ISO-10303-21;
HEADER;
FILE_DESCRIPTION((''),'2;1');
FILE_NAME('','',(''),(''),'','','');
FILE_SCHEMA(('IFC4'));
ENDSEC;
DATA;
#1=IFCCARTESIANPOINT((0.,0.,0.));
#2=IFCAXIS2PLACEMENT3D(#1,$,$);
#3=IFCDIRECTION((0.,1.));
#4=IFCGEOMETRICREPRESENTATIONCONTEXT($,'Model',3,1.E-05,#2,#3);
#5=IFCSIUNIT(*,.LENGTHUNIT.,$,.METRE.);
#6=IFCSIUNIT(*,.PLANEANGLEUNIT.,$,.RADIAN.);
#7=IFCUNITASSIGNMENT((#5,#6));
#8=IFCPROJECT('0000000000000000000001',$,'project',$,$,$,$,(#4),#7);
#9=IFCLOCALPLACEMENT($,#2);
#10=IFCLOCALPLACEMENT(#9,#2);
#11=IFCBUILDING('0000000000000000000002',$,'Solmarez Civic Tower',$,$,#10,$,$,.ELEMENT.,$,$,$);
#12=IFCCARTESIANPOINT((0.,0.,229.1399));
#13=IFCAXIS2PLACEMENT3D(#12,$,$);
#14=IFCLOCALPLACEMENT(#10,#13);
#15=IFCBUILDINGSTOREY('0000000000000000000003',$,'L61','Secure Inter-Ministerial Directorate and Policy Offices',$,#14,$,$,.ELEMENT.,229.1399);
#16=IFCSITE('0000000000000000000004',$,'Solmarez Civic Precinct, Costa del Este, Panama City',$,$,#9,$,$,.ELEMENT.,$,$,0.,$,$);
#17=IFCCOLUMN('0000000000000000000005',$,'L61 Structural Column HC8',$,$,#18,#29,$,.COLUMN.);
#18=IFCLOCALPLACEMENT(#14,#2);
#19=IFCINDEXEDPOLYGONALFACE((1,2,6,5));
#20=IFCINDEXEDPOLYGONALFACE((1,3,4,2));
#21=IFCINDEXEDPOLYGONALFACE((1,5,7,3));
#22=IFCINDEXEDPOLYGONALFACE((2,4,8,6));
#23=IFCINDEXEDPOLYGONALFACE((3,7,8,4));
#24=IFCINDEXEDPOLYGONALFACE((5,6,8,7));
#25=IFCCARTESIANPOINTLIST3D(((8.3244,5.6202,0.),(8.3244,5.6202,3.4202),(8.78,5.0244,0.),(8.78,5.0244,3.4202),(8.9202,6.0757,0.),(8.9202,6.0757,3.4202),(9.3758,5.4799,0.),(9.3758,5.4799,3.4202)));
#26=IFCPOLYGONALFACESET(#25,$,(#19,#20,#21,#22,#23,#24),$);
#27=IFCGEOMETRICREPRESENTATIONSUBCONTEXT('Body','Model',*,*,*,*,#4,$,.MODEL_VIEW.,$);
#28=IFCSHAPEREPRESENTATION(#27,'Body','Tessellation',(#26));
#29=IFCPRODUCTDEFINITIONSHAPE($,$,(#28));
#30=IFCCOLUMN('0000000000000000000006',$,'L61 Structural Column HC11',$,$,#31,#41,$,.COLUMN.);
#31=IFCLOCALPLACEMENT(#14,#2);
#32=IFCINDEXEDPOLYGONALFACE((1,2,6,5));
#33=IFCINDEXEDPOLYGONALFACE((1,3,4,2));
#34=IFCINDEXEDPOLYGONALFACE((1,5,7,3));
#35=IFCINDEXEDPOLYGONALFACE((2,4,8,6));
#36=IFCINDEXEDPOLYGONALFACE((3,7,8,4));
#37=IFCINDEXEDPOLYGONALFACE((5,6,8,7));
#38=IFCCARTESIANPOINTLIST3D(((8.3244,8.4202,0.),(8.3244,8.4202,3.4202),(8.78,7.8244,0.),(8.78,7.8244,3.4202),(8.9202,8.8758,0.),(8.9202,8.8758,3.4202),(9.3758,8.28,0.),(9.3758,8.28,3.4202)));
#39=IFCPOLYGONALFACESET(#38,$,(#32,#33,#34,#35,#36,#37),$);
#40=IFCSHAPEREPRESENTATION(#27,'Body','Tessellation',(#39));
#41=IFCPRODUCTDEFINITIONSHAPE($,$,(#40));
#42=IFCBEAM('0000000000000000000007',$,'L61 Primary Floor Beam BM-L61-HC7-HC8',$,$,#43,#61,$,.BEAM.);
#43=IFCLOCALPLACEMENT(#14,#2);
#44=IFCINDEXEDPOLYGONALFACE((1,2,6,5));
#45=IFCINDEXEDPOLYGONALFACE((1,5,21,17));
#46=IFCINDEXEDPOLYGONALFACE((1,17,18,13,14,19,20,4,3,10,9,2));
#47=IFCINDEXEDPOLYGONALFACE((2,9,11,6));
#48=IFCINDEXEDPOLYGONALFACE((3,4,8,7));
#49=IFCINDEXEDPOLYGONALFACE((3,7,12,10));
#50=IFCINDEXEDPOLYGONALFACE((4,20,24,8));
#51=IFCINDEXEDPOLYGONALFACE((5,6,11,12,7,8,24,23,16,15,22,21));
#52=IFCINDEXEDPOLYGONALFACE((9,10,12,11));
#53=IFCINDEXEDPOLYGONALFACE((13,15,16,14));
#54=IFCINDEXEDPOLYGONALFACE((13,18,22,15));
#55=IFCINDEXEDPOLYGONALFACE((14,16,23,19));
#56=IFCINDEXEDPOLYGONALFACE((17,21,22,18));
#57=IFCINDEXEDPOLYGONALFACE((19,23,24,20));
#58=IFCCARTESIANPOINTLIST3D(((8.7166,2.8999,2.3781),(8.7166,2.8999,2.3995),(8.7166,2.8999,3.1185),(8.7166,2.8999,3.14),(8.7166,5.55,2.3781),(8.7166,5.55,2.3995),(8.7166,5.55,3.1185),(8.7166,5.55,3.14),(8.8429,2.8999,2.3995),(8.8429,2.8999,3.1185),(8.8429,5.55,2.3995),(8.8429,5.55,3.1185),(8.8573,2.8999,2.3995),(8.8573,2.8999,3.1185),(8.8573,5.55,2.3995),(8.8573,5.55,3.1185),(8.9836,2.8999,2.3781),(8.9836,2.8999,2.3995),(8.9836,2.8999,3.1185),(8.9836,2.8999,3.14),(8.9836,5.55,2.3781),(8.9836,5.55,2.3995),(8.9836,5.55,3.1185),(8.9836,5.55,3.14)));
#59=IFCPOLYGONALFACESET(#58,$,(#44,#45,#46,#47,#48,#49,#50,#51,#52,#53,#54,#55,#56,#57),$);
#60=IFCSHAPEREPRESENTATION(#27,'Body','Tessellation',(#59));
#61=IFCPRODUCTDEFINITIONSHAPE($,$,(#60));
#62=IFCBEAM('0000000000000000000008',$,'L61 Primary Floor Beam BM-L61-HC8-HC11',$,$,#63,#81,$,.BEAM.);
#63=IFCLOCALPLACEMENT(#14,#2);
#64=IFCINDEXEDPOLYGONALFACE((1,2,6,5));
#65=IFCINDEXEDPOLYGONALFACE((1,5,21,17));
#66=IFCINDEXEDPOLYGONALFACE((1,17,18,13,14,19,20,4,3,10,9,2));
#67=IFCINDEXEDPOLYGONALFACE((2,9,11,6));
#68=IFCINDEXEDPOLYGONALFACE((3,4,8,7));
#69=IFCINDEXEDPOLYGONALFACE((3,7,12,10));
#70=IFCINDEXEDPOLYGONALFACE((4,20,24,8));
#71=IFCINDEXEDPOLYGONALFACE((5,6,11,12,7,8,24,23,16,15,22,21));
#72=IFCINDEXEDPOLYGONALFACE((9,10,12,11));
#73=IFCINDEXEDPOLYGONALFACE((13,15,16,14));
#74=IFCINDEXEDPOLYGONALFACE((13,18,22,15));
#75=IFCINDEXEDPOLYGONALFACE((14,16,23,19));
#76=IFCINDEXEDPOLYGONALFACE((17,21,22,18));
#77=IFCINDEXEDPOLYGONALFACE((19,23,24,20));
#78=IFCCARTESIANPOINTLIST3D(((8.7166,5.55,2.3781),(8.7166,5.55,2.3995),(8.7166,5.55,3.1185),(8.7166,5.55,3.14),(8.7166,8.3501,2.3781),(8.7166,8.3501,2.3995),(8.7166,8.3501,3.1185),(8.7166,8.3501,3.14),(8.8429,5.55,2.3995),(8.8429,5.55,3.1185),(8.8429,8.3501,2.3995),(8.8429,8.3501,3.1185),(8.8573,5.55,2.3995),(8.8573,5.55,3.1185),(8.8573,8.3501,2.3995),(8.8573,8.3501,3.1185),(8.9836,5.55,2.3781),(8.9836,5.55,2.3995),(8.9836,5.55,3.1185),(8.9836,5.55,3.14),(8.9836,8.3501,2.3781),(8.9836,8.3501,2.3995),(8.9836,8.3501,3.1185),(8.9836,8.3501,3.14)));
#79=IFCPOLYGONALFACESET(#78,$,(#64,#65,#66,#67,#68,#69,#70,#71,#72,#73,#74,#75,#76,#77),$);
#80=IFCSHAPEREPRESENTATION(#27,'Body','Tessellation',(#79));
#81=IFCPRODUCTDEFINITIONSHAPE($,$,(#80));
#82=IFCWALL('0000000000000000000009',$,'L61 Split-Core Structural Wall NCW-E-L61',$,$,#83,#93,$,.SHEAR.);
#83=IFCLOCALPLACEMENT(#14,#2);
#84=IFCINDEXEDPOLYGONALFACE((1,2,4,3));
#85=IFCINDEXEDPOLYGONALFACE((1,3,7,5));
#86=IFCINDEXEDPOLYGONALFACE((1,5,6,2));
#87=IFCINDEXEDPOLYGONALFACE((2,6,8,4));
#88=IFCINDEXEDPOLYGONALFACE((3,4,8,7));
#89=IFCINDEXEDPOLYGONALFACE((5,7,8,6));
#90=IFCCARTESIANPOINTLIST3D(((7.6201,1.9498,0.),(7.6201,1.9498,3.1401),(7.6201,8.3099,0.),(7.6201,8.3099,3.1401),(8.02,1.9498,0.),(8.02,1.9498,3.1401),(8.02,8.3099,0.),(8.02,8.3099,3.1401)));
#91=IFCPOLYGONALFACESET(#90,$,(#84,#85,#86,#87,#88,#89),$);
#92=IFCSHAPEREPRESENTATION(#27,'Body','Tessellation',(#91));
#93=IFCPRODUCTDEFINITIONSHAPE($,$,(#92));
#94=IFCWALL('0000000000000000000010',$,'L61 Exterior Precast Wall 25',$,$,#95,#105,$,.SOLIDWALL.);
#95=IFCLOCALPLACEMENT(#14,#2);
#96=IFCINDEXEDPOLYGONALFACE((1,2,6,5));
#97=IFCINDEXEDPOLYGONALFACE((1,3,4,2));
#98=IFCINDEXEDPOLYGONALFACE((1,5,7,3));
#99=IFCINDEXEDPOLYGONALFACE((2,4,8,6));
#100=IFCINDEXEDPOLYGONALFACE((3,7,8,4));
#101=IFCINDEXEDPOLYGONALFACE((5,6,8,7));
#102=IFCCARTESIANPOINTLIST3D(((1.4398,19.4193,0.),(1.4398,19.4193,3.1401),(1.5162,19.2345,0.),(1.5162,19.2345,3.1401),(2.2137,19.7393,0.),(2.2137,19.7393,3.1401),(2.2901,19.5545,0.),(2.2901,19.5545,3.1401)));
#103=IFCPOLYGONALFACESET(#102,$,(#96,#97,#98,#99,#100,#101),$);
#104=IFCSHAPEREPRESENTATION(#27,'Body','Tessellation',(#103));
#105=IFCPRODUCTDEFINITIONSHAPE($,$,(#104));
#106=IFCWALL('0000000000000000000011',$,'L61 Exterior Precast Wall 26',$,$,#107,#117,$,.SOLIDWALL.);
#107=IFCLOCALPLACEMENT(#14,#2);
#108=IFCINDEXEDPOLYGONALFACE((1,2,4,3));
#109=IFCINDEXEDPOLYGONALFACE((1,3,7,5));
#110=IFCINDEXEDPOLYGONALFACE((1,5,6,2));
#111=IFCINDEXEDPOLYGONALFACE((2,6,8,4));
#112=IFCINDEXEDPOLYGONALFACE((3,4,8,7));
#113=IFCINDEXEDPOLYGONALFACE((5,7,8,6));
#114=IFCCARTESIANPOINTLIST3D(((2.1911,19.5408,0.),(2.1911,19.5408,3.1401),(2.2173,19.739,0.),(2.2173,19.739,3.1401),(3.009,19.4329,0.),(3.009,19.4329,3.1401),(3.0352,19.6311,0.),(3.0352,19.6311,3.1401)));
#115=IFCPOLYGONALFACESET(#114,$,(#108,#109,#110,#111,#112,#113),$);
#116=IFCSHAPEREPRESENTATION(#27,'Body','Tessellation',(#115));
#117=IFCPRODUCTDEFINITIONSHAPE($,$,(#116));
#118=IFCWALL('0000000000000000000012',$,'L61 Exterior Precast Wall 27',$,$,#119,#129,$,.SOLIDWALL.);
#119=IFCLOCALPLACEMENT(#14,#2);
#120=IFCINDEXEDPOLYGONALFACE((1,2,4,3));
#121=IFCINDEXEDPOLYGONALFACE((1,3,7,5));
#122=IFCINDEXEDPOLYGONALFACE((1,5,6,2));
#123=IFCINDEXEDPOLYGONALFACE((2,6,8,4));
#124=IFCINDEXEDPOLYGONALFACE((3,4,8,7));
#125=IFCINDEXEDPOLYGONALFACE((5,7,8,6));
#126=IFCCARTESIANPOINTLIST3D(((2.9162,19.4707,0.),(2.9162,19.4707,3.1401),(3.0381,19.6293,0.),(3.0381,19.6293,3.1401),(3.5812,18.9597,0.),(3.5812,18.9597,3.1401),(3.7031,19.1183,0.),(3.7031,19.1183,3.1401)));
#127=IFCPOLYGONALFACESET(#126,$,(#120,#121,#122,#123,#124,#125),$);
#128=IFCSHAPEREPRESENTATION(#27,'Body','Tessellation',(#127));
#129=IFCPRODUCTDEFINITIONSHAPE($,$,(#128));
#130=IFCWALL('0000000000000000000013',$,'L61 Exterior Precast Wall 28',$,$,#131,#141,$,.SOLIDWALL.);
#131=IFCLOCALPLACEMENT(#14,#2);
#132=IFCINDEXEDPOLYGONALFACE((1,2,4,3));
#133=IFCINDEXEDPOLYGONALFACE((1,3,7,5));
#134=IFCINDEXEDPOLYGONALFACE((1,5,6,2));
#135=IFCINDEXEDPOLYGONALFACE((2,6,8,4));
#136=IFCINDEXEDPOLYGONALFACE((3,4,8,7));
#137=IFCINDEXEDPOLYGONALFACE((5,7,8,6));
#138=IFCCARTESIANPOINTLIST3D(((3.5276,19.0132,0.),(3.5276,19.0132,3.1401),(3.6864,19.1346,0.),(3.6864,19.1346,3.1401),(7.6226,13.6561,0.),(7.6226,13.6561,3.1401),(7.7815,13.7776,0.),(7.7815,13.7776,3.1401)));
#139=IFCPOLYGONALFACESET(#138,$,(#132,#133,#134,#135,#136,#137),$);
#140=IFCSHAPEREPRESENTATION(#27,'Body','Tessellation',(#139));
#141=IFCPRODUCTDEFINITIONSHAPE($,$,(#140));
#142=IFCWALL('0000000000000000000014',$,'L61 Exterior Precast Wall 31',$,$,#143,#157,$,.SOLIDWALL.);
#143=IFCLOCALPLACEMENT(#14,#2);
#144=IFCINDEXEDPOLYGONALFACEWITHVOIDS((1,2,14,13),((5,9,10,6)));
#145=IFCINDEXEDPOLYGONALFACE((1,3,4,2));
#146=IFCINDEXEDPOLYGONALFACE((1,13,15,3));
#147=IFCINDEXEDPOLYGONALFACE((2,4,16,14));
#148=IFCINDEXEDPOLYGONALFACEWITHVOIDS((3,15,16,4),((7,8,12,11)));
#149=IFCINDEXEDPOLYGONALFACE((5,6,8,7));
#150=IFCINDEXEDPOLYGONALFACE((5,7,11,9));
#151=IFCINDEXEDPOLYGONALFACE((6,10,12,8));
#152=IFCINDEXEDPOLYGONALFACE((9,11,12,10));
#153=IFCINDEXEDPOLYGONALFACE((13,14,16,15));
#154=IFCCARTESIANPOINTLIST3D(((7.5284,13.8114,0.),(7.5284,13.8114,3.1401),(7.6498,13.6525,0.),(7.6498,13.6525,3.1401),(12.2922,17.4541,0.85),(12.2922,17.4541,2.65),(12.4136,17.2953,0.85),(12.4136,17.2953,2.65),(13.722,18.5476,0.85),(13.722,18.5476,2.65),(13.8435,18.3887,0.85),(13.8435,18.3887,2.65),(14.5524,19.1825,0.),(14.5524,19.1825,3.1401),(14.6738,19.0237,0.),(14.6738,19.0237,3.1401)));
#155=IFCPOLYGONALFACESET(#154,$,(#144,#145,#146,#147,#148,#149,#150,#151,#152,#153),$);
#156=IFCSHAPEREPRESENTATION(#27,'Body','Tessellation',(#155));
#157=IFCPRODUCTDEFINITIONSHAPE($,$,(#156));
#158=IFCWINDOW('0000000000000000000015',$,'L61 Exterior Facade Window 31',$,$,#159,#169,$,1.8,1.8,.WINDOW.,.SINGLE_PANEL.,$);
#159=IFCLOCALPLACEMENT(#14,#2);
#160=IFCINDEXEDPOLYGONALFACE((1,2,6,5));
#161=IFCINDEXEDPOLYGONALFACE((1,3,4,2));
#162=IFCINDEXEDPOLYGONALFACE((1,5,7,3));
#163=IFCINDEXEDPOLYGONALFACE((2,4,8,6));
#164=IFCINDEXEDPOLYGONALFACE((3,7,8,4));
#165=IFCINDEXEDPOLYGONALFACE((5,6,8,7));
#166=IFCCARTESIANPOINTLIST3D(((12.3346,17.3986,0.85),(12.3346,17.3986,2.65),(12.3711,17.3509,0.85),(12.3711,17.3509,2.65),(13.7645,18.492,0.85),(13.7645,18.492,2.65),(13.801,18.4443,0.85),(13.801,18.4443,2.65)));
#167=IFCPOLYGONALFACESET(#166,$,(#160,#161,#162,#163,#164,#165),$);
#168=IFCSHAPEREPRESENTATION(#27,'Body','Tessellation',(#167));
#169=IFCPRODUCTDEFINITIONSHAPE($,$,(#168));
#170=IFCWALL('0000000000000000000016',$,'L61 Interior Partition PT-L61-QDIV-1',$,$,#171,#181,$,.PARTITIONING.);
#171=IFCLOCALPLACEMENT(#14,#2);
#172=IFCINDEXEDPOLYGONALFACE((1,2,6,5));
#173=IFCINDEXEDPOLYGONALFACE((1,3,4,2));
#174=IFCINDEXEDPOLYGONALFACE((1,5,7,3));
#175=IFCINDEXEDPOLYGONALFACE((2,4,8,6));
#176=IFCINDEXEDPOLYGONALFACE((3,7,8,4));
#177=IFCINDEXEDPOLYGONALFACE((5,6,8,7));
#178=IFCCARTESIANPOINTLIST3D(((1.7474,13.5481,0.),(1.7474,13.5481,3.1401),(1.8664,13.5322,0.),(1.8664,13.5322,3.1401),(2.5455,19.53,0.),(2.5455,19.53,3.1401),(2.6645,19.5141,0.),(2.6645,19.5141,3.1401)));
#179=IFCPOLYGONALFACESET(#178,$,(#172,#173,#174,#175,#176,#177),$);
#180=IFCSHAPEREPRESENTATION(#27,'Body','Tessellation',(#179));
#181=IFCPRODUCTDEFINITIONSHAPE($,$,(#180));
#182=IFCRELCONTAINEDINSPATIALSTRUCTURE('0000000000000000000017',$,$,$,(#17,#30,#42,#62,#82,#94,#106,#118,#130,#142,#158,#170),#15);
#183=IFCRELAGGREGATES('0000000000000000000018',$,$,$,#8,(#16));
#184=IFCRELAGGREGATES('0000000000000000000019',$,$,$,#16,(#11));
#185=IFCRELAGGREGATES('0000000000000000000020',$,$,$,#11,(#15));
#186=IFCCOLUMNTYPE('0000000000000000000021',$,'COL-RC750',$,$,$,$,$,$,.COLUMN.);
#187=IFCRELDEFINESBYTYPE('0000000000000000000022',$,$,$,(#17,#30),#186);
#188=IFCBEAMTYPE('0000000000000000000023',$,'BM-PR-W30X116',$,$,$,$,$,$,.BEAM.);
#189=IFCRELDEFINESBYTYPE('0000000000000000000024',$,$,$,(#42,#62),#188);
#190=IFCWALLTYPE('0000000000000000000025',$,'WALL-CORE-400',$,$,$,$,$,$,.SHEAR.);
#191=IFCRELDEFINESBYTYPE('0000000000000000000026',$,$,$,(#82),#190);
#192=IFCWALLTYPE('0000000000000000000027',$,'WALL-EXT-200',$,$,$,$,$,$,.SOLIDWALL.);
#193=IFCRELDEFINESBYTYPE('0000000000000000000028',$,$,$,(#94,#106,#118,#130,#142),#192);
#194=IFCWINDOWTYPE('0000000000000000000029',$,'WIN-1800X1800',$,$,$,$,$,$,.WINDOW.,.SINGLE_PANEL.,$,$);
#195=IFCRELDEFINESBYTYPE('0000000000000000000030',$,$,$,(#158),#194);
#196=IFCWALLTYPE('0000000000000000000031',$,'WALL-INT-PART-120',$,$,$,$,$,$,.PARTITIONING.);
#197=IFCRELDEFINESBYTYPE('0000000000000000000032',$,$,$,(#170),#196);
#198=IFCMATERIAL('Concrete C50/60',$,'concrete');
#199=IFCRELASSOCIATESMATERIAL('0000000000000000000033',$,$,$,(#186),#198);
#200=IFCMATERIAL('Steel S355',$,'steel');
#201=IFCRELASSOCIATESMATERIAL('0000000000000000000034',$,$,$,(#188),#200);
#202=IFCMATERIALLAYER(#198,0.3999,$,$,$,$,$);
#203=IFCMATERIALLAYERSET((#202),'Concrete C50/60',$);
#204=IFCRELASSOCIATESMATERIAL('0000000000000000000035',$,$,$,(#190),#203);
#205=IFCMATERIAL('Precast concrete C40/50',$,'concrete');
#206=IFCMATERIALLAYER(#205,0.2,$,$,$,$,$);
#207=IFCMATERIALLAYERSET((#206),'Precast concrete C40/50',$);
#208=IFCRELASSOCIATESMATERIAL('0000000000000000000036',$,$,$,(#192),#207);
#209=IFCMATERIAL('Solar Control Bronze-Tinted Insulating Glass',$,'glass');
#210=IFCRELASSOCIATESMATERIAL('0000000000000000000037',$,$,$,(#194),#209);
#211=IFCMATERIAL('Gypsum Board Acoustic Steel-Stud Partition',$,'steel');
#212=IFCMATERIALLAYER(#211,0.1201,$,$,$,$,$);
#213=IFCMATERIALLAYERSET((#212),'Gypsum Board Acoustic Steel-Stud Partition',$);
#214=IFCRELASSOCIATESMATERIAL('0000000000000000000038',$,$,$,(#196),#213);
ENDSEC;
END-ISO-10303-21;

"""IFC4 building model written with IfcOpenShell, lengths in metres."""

from ifc_helpers import new_model, si_unit, direction, frame, frame_2d, origin, origin_2d, place, context, subcontext, project, spatial, rectangle, i_section, extrude, material, layer, layer_set, material_profile, profile_set, type_object, element, fill, save


model = new_model("IFC4")

# Units and contexts
model_context = context("Model", 3, precision=1e-05, world=origin(), true_north=direction((0.0, 1.0)))
body_context = subcontext(model_context, "Body", "Model", "MODEL_VIEW")
ifc_project = project(units=[si_unit("LENGTHUNIT", "METRE"), si_unit("PLANEANGLEUNIT", "RADIAN")], contexts=[model_context])

# Site, building, storey
site_placement = place(None, origin())
site = spatial("IfcSite", under=ifc_project, at=site_placement, Name="Solmarez Civic Precinct, Costa del Este, Panama City", CompositionType="ELEMENT", RefElevation=0.0)
building_placement = place(site_placement, origin())
building = spatial("IfcBuilding", under=site, at=building_placement, Name="Solmarez Civic Tower", CompositionType="ELEMENT")
storey_placement = place(building_placement, frame((0.0, 0.0, 229.1399)))
storey = spatial("IfcBuildingStorey", under=building, at=storey_placement, Name="L61", Description="Secure Inter-Ministerial Directorate and Policy Offices", CompositionType="ELEMENT", Elevation=229.1399)

# Columns
ifc_material_1 = material(Name="Concrete C50/60", Category="concrete")
ifc_material_profile_1 = material_profile(ifc_material_1, rectangle(XDim=0.75, YDim=0.75, at=origin_2d()), Name="RC750X750")
ifc_profile_set_1 = profile_set([ifc_material_profile_1], Name="Concrete C50/60")
column_type = type_object("IfcColumnType", Name="COL-RC750", PredefinedType="COLUMN", material=ifc_profile_set_1)
for number, where, z_axis, x_axis, name in (
    (1, (8.8501, 5.55, 0.0), (0.0, 0.0, 1.0), (0.794415, 0.607376, 0.0), "L61 Structural Column HC8"),
    (2, (8.8501, 8.3501, 0.0), (0.0, 0.0, 1.0), (0.794415, 0.607376, 0.0), "L61 Structural Column HC11"),
):
    element("IfcColumn", number, at=place(storey_placement, frame(where, z_axis=z_axis, x_axis=x_axis)), inside=storey, type_object=column_type, Name=name, PredefinedType="COLUMN", context=body_context, shape_type="SweptSolid", body=[
        extrude(rectangle(XDim=0.75, YDim=0.75, at=origin_2d()), origin(), (0.0, 0.0, 1.0), 3.4202),
    ])

# Beams
ifc_material_2 = material(Name="Steel S355", Category="steel")
ifc_material_profile_2 = material_profile(ifc_material_2, i_section(OverallWidth=0.2671, OverallDepth=0.762, WebThickness=0.0144, FlangeThickness=0.0215, at=origin_2d()), Name="W30X116")
ifc_profile_set_2 = profile_set([ifc_material_profile_2], Name="Steel S355")
beam_type = type_object("IfcBeamType", Name="BM-PR-W30X116", PredefinedType="BEAM", material=ifc_profile_set_2)
beam_1_placement = place(storey_placement, frame((8.8501, 2.8999, 2.759), z_axis=(0.0, 1.0, 0.0), x_axis=(-1.0, 0.0, 0.0)))
element("IfcBeam", 3, at=beam_1_placement, inside=storey, type_object=beam_type, Name="L61 Primary Floor Beam BM-L61-HC7-HC8", PredefinedType="BEAM", context=body_context, shape_type="SweptSolid", body=[
    extrude(i_section(OverallWidth=0.2671, OverallDepth=0.762, WebThickness=0.0144, FlangeThickness=0.0215, at=origin_2d()), origin(), (0.0, 0.0, 1.0), 2.6501),
])
beam_2_placement = place(storey_placement, frame((8.8501, 5.55, 2.759), z_axis=(0.0, 1.0, 0.0), x_axis=(-1.0, 0.0, 0.0)))
element("IfcBeam", 4, at=beam_2_placement, inside=storey, type_object=beam_type, Name="L61 Primary Floor Beam BM-L61-HC8-HC11", PredefinedType="BEAM", context=body_context, shape_type="SweptSolid", body=[
    extrude(i_section(OverallWidth=0.2671, OverallDepth=0.762, WebThickness=0.0144, FlangeThickness=0.0215, at=origin_2d()), origin(), (0.0, 0.0, 1.0), 2.8),
])

# Walls
ifc_layer_1 = layer(ifc_material_1, 0.3999)
ifc_layer_set_1 = layer_set([ifc_layer_1], Name="Concrete C50/60")
wall_type_1 = type_object("IfcWallType", Name="WALL-CORE-400", PredefinedType="SHEAR", material=ifc_layer_set_1)
wall_1_placement = place(storey_placement, frame((7.8201, 8.3101, 0.0), z_axis=(0.0, 0.0, 1.0), x_axis=(0.0, -1.0, 0.0)))
element("IfcWall", 5, at=wall_1_placement, inside=storey, type_object=wall_type_1, Name="L61 Split-Core Structural Wall NCW-E-L61", PredefinedType="SHEAR", context=body_context, shape_type="SweptSolid", body=[
    extrude(rectangle(XDim=6.3601, YDim=0.3999, at=frame_2d((3.1802, 0.0))), origin(), (0.0, 0.0, 1.0), 3.1401),
])
ifc_material_3 = material(Name="Precast concrete C40/50", Category="concrete")
ifc_layer_2 = layer(ifc_material_3, 0.2)
ifc_layer_set_2 = layer_set([ifc_layer_2], Name="Precast concrete C40/50")
wall_type_2 = type_object("IfcWallType", Name="WALL-EXT-200", PredefinedType="SOLIDWALL", material=ifc_layer_set_2)
wall_2_placement = place(storey_placement, frame((1.478, 19.3269, 0.0), z_axis=(0.0, 0.0, 1.0), x_axis=(0.924091, 0.382172, 0.0)))
element("IfcWall", 6, at=wall_2_placement, inside=storey, type_object=wall_type_2, Name="L61 Exterior Precast Wall 25", PredefinedType="SOLIDWALL", context=body_context, shape_type="SweptSolid", body=[
    extrude(rectangle(XDim=0.8374, YDim=0.2, at=frame_2d((0.4187, 0.0))), origin(), (0.0, 0.0, 1.0), 3.1401),
])
wall_3_placement = place(storey_placement, frame((2.2041, 19.6399, 0.0), z_axis=(0.0, 0.0, 1.0), x_axis=(0.991408, -0.130807, 0.0)))
element("IfcWall", 7, at=wall_3_placement, inside=storey, type_object=wall_type_2, Name="L61 Exterior Precast Wall 26", PredefinedType="SOLIDWALL", context=body_context, shape_type="SweptSolid", body=[
    extrude(rectangle(XDim=0.825, YDim=0.2, at=frame_2d((0.4126, 0.0))), origin(), (0.0, 0.0, 1.0), 3.1401),
])
wall_4_placement = place(storey_placement, frame((2.9771, 19.55, 0.0), z_axis=(0.0, 0.0, 1.0), x_axis=(0.792959, -0.609275, 0.0)))
element("IfcWall", 8, at=wall_4_placement, inside=storey, type_object=wall_type_2, Name="L61 Exterior Precast Wall 27", PredefinedType="SOLIDWALL", context=body_context, shape_type="SweptSolid", body=[
    extrude(rectangle(XDim=0.8386, YDim=0.2, at=frame_2d((0.4194, 0.0))), origin(), (0.0, 0.0, 1.0), 3.1401),
])
wall_5_placement = place(storey_placement, frame((3.6069, 19.074, 0.0), z_axis=(0.0, 0.0, 1.0), x_axis=(0.607309, -0.794466, 0.0)))
element("IfcWall", 9, at=wall_5_placement, inside=storey, type_object=wall_type_2, Name="L61 Exterior Precast Wall 28", PredefinedType="SOLIDWALL", context=body_context, shape_type="SweptSolid", body=[
    extrude(rectangle(XDim=6.7429, YDim=0.2, at=frame_2d((3.3716, 0.0))), origin(), (0.0, 0.0, 1.0), 3.1401),
])

# Wall, opening, window
wall_6_placement = place(storey_placement, frame((7.5891, 13.7319, 0.0), z_axis=(0.0, 0.0, 1.0), x_axis=(0.794366, 0.60744, 0.0)))
wall_6 = element("IfcWall", 10, at=wall_6_placement, inside=storey, type_object=wall_type_2, Name="L61 Exterior Precast Wall 31", PredefinedType="SOLIDWALL", context=body_context, shape_type="SweptSolid", body=[
    extrude(rectangle(XDim=8.8423, YDim=0.2, at=frame_2d((4.4211, 0.0))), origin(), (0.0, 0.0, 1.0), 3.1401),
])
opening_1_placement = place(wall_6_placement, frame((5.9971, 0.0, 0.8501)))
opening_1 = element("IfcOpeningElement", 11, at=opening_1_placement, cuts=wall_6, PredefinedType="OPENING", context=body_context, shape_type="SweptSolid", body=[
    extrude(rectangle(XDim=1.8, YDim=1.8, at=frame_2d((0.8999, 0.8999))), frame((0.0, 0.1099, 0.0), z_axis=(0.0, -1.0, 0.0), x_axis=(1.0, 0.0, 0.0)), (0.0, 0.0, 1.0), 0.22),
])
ifc_material_4 = material(Name="Solar Control Bronze-Tinted Insulating Glass", Category="glass")
window_type = type_object("IfcWindowType", Name="WIN-1800X1800", PartitioningType="SINGLE_PANEL", PredefinedType="WINDOW", material=ifc_material_4)
window_placement = place(opening_1_placement, origin())
window = element("IfcWindow", 12, at=window_placement, inside=storey, type_object=window_type, Name="L61 Exterior Facade Window 31", OverallHeight=1.8, OverallWidth=1.8, PartitioningType="SINGLE_PANEL", PredefinedType="WINDOW", context=body_context, shape_type="SweptSolid", body=[
    extrude(rectangle(XDim=1.8, YDim=1.8, at=frame_2d((0.8999, 0.8999))), frame((0.0, 0.03, 0.0), z_axis=(0.0, -1.0, 0.0), x_axis=(1.0, 0.0, 0.0)), (0.0, 0.0, 1.0), 0.0601),
])
fill(opening_1, window)

# Wall
ifc_material_5 = material(Name="Gypsum Board Acoustic Steel-Stud Partition", Category="steel")
ifc_layer_3 = layer(ifc_material_5, 0.1201)
ifc_layer_set_3 = layer_set([ifc_layer_3], Name="Gypsum Board Acoustic Steel-Stud Partition")
wall_type_3 = type_object("IfcWallType", Name="WALL-INT-PART-120", PredefinedType="PARTITIONING", material=ifc_layer_set_3)
wall_7_placement = place(storey_placement, frame((1.8069, 13.54, 0.0), z_axis=(0.0, 0.0, 1.0), x_axis=(0.132246, 0.991217, 0.0)))
element("IfcWall", 13, at=wall_7_placement, inside=storey, type_object=wall_type_3, Name="L61 Interior Partition PT-L61-QDIV-1", PredefinedType="PARTITIONING", context=body_context, shape_type="SweptSolid", body=[
    extrude(rectangle(XDim=6.0349, YDim=0.1201, at=frame_2d((3.0176, 0.0))), origin(), (0.0, 0.0, 1.0), 3.1401),
])

save(model, "model.ifc")
